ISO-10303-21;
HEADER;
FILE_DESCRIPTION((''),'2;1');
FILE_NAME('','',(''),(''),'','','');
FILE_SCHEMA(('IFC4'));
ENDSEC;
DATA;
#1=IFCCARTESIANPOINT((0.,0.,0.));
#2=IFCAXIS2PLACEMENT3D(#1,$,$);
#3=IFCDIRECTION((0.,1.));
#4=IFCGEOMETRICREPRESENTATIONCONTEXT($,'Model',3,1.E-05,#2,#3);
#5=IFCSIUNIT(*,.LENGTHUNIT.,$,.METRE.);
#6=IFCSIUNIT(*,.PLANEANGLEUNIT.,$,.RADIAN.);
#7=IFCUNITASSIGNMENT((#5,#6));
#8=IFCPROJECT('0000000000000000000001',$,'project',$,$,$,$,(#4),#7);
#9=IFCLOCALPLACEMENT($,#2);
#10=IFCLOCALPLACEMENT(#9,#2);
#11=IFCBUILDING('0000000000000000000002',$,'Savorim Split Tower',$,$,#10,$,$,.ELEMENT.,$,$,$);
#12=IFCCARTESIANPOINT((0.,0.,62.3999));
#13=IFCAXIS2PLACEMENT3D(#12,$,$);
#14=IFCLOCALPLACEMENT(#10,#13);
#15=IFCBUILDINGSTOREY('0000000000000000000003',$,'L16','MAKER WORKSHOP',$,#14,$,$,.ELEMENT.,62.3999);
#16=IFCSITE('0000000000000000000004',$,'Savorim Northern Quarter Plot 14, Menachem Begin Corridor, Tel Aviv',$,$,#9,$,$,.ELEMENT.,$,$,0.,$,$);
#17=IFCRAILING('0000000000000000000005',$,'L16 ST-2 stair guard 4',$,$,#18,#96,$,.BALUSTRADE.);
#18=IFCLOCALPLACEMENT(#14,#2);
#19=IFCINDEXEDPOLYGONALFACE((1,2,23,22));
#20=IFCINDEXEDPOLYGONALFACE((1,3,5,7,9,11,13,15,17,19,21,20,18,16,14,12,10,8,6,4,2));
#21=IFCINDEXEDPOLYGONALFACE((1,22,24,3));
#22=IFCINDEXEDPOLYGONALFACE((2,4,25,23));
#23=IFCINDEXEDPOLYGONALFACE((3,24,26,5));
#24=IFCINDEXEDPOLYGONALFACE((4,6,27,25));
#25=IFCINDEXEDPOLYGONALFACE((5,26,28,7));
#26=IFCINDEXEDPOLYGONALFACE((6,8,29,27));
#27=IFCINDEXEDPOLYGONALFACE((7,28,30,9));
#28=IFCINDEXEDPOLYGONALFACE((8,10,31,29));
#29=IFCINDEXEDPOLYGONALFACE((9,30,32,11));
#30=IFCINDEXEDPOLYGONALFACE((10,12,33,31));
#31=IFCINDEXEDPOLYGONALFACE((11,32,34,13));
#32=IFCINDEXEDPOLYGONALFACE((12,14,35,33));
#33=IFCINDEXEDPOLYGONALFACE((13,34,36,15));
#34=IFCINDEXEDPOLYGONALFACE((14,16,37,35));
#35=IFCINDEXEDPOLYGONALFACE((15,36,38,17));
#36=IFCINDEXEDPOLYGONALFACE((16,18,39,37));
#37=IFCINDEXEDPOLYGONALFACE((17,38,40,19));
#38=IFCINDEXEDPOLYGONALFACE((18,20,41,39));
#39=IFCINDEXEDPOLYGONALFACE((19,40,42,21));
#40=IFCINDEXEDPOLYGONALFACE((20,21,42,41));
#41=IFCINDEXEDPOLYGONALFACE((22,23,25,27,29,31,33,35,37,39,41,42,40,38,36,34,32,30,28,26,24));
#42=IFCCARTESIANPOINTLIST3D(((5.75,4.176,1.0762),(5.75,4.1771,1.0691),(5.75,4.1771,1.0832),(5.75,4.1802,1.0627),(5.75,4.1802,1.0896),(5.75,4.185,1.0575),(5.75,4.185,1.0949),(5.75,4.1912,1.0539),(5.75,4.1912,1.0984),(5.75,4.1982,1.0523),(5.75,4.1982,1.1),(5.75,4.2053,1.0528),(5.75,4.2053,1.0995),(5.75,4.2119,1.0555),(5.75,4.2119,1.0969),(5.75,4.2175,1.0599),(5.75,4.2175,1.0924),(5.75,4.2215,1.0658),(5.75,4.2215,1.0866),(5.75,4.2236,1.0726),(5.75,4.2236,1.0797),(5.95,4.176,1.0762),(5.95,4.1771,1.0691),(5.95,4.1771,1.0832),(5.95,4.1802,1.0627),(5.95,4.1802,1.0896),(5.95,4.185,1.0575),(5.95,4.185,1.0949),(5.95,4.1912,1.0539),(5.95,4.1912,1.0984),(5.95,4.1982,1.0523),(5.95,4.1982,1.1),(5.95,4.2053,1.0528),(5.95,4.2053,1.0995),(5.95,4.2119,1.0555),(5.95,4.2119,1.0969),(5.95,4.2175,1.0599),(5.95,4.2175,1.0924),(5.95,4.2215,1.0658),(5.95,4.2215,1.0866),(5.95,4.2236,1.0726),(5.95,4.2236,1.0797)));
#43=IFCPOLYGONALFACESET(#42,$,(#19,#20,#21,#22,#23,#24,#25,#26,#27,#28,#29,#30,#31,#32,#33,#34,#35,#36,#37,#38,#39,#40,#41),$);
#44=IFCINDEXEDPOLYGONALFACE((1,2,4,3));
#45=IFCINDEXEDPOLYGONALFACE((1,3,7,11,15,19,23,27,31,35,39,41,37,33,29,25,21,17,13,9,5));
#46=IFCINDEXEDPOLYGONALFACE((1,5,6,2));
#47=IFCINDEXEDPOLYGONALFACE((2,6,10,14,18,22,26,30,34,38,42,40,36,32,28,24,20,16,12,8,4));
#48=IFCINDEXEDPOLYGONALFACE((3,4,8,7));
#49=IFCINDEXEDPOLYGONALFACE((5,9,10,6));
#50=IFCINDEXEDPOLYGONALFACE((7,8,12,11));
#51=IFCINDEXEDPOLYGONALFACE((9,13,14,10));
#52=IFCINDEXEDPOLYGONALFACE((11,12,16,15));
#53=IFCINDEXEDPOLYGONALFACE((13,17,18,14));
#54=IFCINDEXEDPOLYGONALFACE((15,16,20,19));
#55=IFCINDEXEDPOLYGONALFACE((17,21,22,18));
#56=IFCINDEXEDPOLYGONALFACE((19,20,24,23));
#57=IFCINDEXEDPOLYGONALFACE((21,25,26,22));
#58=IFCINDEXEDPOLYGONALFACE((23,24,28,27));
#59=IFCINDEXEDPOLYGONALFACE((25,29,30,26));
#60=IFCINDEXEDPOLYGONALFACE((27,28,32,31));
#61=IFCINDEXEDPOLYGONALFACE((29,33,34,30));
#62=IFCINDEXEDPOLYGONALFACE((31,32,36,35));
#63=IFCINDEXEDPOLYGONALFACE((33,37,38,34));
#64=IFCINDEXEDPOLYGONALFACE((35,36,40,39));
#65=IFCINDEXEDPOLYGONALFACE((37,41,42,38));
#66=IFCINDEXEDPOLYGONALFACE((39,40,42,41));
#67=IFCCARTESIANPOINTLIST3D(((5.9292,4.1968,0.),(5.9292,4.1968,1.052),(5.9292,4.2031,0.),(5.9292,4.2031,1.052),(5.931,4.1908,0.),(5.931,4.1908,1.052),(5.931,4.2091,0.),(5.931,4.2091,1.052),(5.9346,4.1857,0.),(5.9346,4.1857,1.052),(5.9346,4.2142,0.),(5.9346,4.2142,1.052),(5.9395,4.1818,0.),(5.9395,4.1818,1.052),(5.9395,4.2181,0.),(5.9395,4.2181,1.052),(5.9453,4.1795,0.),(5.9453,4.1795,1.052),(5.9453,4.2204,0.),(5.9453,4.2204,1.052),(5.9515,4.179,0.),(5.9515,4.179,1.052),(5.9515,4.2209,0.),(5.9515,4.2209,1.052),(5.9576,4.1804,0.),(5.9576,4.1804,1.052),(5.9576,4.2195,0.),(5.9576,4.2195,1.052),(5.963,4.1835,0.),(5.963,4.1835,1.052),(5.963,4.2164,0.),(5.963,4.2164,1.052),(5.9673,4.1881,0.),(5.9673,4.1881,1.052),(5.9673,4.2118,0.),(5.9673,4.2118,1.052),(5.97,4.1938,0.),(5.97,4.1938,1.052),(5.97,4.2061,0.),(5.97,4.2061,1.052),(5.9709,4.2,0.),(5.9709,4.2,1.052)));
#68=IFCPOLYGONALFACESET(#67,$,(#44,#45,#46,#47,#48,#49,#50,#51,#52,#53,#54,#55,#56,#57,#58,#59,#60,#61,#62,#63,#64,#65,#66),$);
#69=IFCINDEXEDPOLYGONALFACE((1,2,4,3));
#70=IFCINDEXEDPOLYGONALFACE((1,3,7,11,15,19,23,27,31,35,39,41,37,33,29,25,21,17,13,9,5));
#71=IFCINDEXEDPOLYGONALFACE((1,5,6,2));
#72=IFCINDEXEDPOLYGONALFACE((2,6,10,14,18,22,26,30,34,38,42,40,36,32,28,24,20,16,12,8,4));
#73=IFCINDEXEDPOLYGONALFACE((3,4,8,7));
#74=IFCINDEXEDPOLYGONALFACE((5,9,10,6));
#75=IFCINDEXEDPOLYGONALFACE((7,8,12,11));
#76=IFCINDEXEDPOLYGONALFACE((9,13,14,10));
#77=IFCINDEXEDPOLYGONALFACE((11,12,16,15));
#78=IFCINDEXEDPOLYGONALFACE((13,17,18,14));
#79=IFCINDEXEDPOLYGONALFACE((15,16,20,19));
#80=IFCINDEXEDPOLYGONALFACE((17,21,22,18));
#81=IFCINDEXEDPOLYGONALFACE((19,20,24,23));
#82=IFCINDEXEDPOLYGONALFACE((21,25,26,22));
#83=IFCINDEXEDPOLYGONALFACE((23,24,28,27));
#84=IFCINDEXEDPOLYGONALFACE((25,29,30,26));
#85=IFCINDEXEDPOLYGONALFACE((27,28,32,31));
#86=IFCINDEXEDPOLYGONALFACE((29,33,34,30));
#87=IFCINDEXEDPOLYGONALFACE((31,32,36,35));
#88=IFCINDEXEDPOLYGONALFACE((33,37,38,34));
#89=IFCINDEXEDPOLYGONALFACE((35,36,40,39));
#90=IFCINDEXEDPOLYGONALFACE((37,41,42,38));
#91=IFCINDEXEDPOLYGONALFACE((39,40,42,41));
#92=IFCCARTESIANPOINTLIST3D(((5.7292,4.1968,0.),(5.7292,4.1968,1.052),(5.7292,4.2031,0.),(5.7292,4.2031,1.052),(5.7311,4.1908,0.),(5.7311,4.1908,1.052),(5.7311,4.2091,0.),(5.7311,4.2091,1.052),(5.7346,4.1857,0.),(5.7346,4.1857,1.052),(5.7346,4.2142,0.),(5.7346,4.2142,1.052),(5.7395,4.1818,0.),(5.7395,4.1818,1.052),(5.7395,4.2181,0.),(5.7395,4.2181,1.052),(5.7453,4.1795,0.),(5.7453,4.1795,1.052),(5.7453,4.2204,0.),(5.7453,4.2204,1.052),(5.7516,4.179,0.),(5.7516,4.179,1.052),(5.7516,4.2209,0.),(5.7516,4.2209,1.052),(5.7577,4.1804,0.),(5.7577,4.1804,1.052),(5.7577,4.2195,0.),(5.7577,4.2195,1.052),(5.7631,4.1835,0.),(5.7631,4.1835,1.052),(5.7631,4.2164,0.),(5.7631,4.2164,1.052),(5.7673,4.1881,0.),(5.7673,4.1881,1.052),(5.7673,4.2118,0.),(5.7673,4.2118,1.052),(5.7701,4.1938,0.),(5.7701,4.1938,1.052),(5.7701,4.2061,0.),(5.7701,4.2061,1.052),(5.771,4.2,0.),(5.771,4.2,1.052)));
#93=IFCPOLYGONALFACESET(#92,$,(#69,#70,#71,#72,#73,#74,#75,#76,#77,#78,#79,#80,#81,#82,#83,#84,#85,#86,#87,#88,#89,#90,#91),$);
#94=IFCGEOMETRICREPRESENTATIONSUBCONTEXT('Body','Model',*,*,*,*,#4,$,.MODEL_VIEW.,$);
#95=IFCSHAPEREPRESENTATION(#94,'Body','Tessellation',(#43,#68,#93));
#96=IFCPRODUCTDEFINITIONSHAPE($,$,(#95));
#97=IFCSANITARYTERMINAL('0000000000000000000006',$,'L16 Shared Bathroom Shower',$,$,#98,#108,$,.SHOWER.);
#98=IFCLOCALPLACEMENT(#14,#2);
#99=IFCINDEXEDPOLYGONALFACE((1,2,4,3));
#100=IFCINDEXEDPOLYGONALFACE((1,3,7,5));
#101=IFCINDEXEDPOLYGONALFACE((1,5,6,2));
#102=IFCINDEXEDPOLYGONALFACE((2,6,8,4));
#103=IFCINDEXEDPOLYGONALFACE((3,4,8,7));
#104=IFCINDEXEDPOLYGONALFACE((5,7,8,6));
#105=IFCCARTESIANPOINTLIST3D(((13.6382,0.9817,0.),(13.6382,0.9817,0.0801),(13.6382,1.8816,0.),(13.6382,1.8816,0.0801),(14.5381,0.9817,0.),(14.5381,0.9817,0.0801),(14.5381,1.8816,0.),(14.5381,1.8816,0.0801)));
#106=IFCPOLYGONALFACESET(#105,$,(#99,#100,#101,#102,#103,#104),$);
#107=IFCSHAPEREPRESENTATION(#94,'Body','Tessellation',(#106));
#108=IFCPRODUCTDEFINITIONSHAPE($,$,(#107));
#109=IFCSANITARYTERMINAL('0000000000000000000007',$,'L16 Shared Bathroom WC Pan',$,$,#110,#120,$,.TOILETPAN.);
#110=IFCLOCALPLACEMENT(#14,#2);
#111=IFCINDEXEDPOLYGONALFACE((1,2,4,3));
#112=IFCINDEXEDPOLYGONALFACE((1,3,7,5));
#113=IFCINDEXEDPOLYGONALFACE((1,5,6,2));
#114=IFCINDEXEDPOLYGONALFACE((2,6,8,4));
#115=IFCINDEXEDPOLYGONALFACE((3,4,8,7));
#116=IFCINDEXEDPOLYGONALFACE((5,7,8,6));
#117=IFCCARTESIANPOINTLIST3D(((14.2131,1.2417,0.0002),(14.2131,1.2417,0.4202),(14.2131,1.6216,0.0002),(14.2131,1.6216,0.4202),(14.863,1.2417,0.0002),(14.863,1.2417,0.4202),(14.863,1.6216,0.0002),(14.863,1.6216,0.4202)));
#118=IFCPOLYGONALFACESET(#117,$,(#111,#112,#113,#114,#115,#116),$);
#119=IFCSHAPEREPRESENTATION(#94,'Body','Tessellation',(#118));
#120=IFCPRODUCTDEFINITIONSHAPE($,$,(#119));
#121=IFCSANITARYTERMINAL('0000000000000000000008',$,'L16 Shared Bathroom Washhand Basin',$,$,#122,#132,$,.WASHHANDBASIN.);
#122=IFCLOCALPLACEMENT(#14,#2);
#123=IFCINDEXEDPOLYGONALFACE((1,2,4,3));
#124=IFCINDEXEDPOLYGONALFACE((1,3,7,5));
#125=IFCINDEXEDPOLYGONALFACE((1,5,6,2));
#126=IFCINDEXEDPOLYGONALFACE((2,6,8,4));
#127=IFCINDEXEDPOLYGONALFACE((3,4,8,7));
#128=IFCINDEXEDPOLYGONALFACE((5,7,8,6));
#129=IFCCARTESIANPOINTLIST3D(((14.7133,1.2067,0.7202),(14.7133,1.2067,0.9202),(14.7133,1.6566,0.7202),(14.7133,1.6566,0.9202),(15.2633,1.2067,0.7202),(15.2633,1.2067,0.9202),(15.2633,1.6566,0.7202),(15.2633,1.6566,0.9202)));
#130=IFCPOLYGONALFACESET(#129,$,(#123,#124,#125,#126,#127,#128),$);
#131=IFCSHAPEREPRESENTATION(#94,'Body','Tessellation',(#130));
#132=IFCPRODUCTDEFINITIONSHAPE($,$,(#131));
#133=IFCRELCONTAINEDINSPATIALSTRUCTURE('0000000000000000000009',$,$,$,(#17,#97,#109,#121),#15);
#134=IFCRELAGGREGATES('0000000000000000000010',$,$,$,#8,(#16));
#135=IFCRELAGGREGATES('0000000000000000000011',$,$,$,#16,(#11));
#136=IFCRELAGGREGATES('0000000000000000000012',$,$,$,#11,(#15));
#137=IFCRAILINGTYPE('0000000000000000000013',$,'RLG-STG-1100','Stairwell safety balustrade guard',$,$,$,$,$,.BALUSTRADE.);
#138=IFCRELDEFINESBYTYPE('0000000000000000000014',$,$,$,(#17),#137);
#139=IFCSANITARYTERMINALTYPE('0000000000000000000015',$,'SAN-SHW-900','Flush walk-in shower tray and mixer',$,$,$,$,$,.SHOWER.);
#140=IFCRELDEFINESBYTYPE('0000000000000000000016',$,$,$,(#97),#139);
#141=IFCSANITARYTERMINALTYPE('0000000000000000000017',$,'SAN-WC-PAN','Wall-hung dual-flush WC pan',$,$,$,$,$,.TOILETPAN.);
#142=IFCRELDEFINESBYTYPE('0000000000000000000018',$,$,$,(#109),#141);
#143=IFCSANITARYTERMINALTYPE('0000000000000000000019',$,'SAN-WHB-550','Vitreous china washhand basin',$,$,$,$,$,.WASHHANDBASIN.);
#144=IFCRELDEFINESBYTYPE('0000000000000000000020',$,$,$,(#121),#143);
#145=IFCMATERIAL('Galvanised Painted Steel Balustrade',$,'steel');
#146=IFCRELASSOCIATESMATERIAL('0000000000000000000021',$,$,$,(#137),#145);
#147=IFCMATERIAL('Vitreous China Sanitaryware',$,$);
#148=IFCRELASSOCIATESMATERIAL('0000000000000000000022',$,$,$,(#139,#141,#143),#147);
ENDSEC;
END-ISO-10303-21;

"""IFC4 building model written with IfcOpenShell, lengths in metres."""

from ifc_helpers import new_model, si_unit, direction, frame, origin, origin_2d, place, context, subcontext, project, spatial, rectangle, circle, extrude, material, type_object, element, save


model = new_model("IFC4")

# Units and contexts
model_context = context("Model", 3, precision=1e-05, world=origin(), true_north=direction((0.0, 1.0)))
body_context = subcontext(model_context, "Body", "Model", "MODEL_VIEW")
ifc_project = project(units=[si_unit("LENGTHUNIT", "METRE"), si_unit("PLANEANGLEUNIT", "RADIAN")], contexts=[model_context])

# Site, building, storey
site_placement = place(None, origin())
site = spatial("IfcSite", under=ifc_project, at=site_placement, Name="Savorim Northern Quarter Plot 14, Menachem Begin Corridor, Tel Aviv", CompositionType="ELEMENT", RefElevation=0.0)
building_placement = place(site_placement, origin())
building = spatial("IfcBuilding", under=site, at=building_placement, Name="Savorim Split Tower", CompositionType="ELEMENT")
storey_placement = place(building_placement, frame((0.0, 0.0, 62.3999)))
storey = spatial("IfcBuildingStorey", under=building, at=storey_placement, Name="L16", Description="MAKER WORKSHOP", CompositionType="ELEMENT", Elevation=62.3999)

# Railing
ifc_material_1 = material(Name="Galvanised Painted Steel Balustrade", Category="steel")
railing_type_1 = type_object("IfcRailingType", Name="RLG-STG-1100", Description="Stairwell safety balustrade guard", PredefinedType="BALUSTRADE", material=ifc_material_1)
railing_1_placement = place(storey_placement, frame((5.95, 4.2, 0.0)))
element("IfcRailing", 1, at=railing_1_placement, inside=storey, type_object=railing_type_1, Name="L16 ST-2 stair guard 4", PredefinedType="BALUSTRADE", context=body_context, shape_type="SweptSolid", body=[
    extrude(circle(Radius=0.0239, at=origin_2d()), frame((0.0, 0.0, 1.0762), z_axis=(-1.0, 0.0, 0.0), x_axis=(0.0, -1.0, 0.0)), (0.0, 0.0, 1.0), 0.2),
    extrude(circle(Radius=0.021, at=origin_2d()), origin(), (0.0, 0.0, 1.0), 1.052),
    extrude(circle(Radius=0.021, at=origin_2d()), frame((-0.2, 0.0, 0.0)), (0.0, 0.0, 1.0), 1.052),
])

# Sanitary terminals
ifc_material_2 = material(Name="Vitreous China Sanitaryware")
sanitary_terminal_type_1 = type_object("IfcSanitaryTerminalType", Name="SAN-SHW-900", Description="Flush walk-in shower tray and mixer", PredefinedType="SHOWER", material=ifc_material_2)
sanitary_terminal_1_placement = place(storey_placement, frame((14.0881, 1.4316, 0.0), z_axis=(0.0, 0.0, 1.0), x_axis=(1.0, 0.0, 0.0)))
element("IfcSanitaryTerminal", 2, at=sanitary_terminal_1_placement, inside=storey, type_object=sanitary_terminal_type_1, Name="L16 Shared Bathroom Shower", PredefinedType="SHOWER", context=body_context, shape_type="SweptSolid", body=[
    extrude(rectangle(XDim=0.8999, YDim=0.8999, at=origin_2d()), origin(), (0.0, 0.0, 1.0), 0.0801),
])
sanitary_terminal_type_2 = type_object("IfcSanitaryTerminalType", Name="SAN-WC-PAN", Description="Wall-hung dual-flush WC pan", PredefinedType="TOILETPAN", material=ifc_material_2)
sanitary_terminal_2_placement = place(storey_placement, frame((14.5381, 1.4316, 0.0002), z_axis=(0.0, 0.0, 1.0), x_axis=(1.0, 0.0, 0.0)))
element("IfcSanitaryTerminal", 3, at=sanitary_terminal_2_placement, inside=storey, type_object=sanitary_terminal_type_2, Name="L16 Shared Bathroom WC Pan", PredefinedType="TOILETPAN", context=body_context, shape_type="SweptSolid", body=[
    extrude(rectangle(XDim=0.6499, YDim=0.3799, at=origin_2d()), origin(), (0.0, 0.0, 1.0), 0.4199),
])
sanitary_terminal_type_3 = type_object("IfcSanitaryTerminalType", Name="SAN-WHB-550", Description="Vitreous china washhand basin", PredefinedType="WASHHANDBASIN", material=ifc_material_2)
sanitary_terminal_3_placement = place(storey_placement, frame((14.9883, 1.4316, 0.7202), z_axis=(0.0, 0.0, 1.0), x_axis=(1.0, 0.0, 0.0)))
element("IfcSanitaryTerminal", 4, at=sanitary_terminal_3_placement, inside=storey, type_object=sanitary_terminal_type_3, Name="L16 Shared Bathroom Washhand Basin", PredefinedType="WASHHANDBASIN", context=body_context, shape_type="SweptSolid", body=[
    extrude(rectangle(XDim=0.55, YDim=0.45, at=origin_2d()), origin(), (0.0, 0.0, 1.0), 0.2),
])

save(model, "model.ifc")
